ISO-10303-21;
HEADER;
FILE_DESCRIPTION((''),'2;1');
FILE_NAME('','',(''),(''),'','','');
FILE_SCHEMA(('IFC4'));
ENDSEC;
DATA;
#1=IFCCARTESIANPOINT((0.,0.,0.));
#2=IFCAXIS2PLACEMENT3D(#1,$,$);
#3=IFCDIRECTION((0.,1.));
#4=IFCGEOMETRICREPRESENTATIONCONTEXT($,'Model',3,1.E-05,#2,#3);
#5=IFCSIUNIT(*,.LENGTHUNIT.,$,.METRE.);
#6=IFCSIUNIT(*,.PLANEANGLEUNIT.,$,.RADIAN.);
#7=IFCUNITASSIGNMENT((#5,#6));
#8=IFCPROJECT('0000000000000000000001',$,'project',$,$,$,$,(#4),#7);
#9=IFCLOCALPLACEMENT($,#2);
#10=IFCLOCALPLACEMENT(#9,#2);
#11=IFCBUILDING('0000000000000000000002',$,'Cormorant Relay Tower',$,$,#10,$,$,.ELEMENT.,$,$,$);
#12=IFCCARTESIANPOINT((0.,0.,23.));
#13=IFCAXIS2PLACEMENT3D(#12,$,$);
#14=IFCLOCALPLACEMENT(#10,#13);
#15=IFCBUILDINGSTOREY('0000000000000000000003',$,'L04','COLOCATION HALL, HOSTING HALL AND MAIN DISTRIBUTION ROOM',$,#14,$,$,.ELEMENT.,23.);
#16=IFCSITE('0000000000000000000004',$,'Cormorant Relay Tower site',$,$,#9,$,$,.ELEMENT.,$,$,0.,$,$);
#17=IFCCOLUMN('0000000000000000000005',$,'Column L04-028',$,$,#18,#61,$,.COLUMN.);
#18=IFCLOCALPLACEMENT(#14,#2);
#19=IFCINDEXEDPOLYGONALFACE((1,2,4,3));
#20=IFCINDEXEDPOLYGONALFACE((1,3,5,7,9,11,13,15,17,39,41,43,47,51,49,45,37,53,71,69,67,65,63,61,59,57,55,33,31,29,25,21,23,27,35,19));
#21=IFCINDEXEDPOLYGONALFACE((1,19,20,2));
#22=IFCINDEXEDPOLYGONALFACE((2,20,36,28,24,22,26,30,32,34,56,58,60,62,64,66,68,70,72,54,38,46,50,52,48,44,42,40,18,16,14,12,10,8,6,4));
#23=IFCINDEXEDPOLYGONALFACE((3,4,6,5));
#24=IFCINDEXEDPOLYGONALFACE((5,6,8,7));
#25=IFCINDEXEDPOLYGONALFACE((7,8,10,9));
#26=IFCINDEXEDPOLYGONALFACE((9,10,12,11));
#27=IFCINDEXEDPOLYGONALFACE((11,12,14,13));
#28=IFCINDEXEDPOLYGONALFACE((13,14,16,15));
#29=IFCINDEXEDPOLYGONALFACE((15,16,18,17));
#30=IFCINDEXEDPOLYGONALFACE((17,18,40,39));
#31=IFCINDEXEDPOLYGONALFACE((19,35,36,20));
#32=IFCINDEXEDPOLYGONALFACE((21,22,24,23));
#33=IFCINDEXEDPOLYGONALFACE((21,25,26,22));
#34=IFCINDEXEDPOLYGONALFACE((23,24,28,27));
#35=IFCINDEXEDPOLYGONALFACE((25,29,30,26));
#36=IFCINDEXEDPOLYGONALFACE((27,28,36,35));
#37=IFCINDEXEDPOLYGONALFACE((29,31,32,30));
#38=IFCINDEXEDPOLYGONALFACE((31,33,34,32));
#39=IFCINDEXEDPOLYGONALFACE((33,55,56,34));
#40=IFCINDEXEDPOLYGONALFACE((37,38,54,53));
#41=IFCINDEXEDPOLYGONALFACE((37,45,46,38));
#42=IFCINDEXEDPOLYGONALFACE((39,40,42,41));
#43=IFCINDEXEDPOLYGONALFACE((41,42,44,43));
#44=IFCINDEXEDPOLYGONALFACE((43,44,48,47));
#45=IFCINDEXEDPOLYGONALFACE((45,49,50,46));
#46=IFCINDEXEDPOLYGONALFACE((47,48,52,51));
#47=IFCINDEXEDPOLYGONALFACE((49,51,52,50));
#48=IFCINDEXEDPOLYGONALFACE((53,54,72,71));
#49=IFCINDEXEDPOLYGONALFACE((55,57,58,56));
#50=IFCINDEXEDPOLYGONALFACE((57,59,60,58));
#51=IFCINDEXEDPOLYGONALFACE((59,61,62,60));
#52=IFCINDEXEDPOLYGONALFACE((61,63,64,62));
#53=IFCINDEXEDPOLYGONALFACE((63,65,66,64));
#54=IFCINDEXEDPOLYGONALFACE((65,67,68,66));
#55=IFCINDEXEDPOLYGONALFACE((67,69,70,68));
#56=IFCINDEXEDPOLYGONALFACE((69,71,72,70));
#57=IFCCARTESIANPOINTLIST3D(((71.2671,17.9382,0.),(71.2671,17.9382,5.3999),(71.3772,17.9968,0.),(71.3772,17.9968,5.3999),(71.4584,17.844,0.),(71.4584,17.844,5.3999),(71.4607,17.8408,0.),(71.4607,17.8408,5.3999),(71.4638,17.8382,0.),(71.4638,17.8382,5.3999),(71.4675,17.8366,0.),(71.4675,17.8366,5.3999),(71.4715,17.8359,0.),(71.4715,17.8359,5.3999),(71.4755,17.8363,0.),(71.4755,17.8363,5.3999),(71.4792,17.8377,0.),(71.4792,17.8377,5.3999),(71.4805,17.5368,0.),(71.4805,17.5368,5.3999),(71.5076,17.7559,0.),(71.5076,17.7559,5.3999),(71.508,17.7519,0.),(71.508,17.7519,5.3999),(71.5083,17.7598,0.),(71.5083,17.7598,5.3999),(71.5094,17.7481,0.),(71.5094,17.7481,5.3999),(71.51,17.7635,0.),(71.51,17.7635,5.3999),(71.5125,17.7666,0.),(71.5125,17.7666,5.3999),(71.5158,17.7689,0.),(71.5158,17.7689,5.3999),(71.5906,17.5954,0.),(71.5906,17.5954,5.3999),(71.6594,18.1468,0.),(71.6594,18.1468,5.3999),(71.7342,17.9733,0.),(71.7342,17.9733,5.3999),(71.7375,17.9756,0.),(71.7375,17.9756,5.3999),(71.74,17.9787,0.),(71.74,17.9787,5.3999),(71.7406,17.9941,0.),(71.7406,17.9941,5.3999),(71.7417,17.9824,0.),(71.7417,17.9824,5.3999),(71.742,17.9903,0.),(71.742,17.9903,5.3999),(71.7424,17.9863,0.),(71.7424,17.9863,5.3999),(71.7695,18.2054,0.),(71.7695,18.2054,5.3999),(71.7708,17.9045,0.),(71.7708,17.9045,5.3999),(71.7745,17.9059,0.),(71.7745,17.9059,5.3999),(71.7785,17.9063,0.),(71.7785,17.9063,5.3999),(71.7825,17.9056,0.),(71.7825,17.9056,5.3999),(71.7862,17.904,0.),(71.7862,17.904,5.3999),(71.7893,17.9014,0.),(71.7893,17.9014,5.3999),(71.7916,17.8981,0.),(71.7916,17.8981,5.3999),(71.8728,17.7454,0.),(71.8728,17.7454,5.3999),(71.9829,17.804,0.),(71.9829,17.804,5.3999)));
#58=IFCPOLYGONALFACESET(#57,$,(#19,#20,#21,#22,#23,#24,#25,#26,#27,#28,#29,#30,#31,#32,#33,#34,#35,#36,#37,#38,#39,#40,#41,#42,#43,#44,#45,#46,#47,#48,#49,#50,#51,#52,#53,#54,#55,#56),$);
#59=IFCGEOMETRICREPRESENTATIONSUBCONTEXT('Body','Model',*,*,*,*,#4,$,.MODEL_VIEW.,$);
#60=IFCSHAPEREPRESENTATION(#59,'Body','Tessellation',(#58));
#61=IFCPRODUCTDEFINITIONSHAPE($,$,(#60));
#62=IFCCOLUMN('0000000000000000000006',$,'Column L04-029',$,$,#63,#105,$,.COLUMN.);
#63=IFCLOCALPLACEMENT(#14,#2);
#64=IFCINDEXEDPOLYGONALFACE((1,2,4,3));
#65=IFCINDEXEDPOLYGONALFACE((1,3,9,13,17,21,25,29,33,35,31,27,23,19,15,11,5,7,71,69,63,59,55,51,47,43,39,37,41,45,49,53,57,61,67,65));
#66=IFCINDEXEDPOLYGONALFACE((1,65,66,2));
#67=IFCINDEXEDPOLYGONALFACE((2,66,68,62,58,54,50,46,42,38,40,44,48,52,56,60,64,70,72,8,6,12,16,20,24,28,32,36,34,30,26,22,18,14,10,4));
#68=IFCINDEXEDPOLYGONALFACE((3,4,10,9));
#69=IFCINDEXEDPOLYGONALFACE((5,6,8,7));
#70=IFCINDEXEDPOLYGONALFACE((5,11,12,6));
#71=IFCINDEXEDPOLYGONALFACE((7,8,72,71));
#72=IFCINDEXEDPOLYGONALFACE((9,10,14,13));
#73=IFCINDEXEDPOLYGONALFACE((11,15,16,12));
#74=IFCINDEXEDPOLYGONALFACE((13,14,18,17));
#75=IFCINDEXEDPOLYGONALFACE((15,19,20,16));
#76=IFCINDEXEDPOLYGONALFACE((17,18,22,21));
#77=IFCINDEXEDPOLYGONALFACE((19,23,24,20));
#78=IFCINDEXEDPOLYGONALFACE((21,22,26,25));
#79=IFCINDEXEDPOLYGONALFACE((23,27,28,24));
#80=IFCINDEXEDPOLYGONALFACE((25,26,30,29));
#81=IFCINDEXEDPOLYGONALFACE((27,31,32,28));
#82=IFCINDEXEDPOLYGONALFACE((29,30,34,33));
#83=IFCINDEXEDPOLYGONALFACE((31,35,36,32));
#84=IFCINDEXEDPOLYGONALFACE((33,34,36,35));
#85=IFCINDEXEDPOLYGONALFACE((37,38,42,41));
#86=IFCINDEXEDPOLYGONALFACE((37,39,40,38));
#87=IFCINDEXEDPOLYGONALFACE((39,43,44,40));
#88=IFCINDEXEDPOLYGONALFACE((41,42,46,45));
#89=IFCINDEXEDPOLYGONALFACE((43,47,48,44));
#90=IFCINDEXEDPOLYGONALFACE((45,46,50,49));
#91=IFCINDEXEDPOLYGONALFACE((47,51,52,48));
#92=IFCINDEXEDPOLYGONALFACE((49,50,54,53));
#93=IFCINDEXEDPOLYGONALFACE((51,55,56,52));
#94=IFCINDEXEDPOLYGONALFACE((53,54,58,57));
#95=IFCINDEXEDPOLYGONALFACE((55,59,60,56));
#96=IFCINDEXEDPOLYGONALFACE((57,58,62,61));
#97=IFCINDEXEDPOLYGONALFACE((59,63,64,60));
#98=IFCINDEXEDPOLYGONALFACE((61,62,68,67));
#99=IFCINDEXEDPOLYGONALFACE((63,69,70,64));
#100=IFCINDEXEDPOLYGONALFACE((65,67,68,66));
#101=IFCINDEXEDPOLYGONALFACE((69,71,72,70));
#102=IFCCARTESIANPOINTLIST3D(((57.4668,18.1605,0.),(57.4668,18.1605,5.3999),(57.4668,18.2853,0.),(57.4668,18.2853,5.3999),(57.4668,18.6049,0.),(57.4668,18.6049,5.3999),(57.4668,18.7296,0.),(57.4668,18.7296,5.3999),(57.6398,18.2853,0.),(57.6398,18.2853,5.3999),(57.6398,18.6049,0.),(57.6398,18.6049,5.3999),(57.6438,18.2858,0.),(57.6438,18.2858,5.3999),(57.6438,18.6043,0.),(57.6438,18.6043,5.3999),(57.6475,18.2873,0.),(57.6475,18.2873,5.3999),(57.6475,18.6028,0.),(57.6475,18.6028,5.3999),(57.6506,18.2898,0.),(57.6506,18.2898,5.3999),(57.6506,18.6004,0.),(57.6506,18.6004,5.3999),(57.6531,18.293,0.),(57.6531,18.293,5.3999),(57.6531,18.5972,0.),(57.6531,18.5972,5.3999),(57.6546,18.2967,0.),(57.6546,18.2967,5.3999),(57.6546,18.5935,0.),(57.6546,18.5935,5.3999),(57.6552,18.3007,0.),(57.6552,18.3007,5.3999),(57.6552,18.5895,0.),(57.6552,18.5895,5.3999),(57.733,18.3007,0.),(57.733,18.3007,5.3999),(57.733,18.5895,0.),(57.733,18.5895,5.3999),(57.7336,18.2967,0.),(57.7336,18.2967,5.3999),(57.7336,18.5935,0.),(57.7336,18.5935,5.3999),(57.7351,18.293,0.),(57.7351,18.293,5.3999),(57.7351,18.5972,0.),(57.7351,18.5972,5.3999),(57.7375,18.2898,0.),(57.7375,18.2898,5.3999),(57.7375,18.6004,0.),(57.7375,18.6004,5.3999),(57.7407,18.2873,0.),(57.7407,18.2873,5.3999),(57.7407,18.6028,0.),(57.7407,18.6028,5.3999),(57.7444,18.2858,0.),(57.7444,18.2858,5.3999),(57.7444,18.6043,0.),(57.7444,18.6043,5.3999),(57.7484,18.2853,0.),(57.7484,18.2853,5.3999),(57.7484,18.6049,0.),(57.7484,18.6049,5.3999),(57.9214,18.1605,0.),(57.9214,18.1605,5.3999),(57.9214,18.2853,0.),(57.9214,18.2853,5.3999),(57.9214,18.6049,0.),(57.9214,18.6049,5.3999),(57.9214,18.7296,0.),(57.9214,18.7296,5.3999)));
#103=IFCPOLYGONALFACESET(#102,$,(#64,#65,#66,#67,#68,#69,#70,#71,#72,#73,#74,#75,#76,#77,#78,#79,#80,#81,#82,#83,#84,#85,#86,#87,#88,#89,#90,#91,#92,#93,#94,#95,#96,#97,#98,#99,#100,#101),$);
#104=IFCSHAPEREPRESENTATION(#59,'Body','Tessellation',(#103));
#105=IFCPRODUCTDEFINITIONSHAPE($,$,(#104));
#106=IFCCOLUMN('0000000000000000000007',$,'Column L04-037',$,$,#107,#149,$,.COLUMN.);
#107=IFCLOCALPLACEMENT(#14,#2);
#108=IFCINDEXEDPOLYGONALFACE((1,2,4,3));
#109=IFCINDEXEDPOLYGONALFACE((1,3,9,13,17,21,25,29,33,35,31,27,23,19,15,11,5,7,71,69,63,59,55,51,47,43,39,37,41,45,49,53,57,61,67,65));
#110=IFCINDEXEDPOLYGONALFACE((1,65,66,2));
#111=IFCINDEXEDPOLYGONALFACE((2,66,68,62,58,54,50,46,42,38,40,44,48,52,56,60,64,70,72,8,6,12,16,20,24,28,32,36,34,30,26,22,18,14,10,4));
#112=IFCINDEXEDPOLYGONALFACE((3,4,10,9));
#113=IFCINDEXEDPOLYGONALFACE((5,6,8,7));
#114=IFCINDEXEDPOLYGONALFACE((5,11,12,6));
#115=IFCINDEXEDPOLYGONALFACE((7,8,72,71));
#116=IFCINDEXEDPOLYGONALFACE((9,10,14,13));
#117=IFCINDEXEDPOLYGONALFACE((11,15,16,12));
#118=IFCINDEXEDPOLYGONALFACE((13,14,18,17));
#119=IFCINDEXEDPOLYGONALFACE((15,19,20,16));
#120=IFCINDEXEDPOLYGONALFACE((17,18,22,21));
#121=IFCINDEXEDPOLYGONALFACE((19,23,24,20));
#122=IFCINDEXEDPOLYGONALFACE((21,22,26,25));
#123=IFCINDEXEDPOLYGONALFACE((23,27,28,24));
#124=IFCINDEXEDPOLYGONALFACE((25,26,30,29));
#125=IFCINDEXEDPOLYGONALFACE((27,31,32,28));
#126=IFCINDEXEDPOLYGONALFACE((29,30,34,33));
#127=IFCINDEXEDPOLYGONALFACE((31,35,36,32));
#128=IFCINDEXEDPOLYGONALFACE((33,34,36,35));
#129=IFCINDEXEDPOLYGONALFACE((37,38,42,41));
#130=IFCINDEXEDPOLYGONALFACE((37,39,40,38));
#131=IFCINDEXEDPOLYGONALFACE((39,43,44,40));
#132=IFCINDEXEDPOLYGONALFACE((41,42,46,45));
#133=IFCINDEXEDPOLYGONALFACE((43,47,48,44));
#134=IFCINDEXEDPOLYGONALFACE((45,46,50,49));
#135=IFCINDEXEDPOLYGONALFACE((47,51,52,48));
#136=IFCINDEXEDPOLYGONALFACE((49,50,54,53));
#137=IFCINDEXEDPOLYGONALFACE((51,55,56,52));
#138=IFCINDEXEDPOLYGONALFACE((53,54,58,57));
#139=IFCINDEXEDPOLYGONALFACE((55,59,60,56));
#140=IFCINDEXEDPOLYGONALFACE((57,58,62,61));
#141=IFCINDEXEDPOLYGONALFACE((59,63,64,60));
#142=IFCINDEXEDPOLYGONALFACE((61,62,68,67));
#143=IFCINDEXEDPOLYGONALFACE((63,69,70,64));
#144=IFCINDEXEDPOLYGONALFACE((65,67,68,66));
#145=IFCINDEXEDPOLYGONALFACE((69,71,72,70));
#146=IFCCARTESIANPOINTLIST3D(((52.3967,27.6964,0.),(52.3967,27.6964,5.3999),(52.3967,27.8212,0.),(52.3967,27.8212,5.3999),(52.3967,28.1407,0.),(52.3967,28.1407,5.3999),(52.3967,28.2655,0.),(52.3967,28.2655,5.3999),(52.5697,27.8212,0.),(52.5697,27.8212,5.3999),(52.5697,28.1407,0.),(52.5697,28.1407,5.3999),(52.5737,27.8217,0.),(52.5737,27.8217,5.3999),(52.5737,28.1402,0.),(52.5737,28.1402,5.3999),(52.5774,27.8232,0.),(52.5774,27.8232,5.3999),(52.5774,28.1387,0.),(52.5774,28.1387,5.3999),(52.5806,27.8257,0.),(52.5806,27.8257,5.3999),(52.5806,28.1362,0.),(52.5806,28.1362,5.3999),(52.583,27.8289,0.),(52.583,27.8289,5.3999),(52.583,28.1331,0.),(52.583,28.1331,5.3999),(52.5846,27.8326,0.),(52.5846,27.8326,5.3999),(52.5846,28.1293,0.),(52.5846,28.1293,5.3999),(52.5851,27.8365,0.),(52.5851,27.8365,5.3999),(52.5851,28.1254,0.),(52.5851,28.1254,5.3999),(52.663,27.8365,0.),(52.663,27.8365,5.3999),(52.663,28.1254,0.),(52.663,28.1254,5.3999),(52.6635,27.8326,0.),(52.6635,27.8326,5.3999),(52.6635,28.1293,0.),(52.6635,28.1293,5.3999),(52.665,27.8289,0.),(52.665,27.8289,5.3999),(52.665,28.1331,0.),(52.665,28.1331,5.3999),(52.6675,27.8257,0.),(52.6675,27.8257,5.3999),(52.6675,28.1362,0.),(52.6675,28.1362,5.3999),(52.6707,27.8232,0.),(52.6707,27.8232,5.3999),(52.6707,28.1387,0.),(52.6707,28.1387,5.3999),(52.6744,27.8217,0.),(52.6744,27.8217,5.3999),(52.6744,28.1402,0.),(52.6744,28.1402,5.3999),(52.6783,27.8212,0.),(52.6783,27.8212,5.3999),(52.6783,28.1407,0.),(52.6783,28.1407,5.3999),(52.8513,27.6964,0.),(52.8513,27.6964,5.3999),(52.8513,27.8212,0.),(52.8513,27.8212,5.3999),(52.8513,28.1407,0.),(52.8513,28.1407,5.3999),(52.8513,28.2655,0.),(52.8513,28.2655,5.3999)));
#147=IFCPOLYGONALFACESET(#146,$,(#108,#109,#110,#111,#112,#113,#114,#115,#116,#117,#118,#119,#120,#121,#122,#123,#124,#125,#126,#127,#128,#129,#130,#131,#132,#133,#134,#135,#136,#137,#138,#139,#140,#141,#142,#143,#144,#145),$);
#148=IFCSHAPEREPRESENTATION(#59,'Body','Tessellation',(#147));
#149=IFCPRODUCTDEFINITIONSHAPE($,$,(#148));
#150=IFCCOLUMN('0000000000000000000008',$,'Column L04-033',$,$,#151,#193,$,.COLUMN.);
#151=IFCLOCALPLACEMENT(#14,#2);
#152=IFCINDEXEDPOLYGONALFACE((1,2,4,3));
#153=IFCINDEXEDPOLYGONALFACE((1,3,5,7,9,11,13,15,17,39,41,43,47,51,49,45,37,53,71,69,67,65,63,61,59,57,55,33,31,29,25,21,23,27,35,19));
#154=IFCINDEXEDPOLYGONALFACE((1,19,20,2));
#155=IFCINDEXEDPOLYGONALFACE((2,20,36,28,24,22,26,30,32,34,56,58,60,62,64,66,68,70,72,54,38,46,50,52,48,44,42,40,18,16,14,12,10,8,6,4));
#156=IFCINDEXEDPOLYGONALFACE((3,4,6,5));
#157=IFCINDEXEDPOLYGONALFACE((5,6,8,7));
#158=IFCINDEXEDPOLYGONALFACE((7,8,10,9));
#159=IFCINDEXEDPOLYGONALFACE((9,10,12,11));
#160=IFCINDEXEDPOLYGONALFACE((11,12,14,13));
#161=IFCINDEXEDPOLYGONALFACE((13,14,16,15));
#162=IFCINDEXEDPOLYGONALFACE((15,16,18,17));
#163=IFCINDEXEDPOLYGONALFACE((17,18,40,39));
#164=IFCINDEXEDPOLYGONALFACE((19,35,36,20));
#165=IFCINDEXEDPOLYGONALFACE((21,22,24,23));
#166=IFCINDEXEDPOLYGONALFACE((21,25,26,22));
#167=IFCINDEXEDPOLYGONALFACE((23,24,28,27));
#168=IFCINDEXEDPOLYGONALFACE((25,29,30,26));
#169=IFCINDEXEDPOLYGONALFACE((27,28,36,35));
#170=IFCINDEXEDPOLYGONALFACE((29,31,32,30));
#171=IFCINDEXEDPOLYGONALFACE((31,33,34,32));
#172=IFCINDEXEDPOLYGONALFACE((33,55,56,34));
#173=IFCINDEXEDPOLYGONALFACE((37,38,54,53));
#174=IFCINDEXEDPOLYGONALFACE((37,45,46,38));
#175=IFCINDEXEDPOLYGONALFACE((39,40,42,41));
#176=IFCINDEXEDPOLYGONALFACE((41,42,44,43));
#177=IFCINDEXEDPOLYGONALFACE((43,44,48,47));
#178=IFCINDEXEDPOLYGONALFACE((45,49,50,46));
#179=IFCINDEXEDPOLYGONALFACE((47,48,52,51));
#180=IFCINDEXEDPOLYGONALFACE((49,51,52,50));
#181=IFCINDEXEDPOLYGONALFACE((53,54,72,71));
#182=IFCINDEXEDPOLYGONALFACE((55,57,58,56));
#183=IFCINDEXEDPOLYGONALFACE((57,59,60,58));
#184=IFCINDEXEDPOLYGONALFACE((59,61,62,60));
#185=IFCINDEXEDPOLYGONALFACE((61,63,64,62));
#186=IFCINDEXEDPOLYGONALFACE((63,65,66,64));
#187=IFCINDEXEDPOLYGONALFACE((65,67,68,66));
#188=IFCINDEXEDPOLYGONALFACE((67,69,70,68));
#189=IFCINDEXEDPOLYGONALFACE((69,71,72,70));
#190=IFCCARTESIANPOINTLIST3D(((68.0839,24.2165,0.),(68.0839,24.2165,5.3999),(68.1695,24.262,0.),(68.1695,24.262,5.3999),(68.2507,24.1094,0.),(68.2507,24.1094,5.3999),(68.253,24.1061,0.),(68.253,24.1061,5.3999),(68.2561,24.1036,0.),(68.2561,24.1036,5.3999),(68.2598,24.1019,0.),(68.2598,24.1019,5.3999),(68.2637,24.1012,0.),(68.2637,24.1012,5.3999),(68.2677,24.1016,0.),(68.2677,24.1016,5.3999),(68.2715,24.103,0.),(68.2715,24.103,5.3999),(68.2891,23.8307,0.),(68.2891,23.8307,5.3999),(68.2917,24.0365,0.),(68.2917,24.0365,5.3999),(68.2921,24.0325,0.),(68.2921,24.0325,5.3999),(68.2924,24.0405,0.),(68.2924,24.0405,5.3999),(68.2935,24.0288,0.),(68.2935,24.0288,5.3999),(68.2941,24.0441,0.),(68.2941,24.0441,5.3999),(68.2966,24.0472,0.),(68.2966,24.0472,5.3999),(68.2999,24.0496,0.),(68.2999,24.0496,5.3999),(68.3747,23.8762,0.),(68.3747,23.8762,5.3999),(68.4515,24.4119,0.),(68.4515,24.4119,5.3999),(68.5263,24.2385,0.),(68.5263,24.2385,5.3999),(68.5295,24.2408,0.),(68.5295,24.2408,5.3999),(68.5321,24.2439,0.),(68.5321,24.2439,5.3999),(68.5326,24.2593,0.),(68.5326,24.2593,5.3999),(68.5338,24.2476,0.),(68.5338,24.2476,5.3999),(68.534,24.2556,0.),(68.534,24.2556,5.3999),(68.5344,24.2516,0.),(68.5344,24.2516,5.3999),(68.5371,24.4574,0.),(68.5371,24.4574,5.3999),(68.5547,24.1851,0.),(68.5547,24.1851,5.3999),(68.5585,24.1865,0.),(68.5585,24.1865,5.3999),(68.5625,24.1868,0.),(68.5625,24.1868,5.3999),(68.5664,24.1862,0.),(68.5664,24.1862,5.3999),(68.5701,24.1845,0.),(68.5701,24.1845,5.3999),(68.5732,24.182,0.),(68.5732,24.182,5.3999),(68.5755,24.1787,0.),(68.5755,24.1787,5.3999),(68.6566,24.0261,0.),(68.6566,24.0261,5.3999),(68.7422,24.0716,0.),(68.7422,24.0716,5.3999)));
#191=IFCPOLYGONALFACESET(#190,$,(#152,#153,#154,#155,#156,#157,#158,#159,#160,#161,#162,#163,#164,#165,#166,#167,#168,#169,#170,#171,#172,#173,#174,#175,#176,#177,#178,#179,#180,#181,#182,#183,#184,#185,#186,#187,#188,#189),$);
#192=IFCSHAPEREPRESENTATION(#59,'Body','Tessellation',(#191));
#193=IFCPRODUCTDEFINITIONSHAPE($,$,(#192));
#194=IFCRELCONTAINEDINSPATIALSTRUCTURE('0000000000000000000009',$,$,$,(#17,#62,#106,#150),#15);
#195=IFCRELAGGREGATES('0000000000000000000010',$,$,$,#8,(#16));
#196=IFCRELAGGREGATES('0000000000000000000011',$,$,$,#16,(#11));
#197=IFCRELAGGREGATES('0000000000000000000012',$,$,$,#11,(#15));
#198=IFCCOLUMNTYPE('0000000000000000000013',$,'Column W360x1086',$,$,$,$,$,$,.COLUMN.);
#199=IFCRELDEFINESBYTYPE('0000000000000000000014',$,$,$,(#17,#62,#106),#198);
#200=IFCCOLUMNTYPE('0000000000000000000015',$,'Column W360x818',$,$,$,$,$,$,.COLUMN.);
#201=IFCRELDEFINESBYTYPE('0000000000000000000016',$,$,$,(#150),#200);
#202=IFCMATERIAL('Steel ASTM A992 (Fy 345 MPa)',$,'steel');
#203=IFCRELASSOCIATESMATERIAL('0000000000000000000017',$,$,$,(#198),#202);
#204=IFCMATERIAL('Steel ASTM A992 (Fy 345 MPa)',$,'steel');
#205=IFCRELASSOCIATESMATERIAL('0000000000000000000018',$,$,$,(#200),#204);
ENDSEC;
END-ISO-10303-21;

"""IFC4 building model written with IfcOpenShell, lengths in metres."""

from ifc_helpers import new_model, si_unit, direction, frame, origin, origin_2d, place, context, subcontext, project, spatial, i_section, extrude, material, material_profile, profile_set, type_object, element, save


model = new_model("IFC4")

# Units and contexts
model_context = context("Model", 3, precision=1e-05, world=origin(), true_north=direction((0.0, 1.0)))
body_context = subcontext(model_context, "Body", "Model", "MODEL_VIEW")
ifc_project = project(units=[si_unit("LENGTHUNIT", "METRE"), si_unit("PLANEANGLEUNIT", "RADIAN")], contexts=[model_context])

# Site, building, storey
site_placement = place(None, origin())
site = spatial("IfcSite", under=ifc_project, at=site_placement, Name="Cormorant Relay Tower site", CompositionType="ELEMENT", RefElevation=0.0)
building_placement = place(site_placement, origin())
building = spatial("IfcBuilding", under=site, at=building_placement, Name="Cormorant Relay Tower", CompositionType="ELEMENT")
storey_placement = place(building_placement, frame((0.0, 0.0, 23.0)))
storey = spatial("IfcBuildingStorey", under=building, at=storey_placement, Name="L04", Description="COLOCATION HALL, HOSTING HALL AND MAIN DISTRIBUTION ROOM", CompositionType="ELEMENT", Elevation=23.0)

# Columns
ifc_material_1 = material(Name="Steel ASTM A992 (Fy 345 MPa)", Category="steel")
ifc_material_profile_1 = material_profile(ifc_material_1, i_section(OverallWidth=0.4546, OverallDepth=0.5691, WebThickness=0.0779, FlangeThickness=0.1248, FilletRadius=0.0154, at=origin_2d()), Name="W360x1086")
ifc_profile_set_1 = profile_set([ifc_material_profile_1], Name="Steel ASTM A992 (Fy 345 MPa)")
column_type_1 = type_object("IfcColumnType", Name="Column W360x1086", PredefinedType="COLUMN", material=ifc_profile_set_1)
for number, where, z_axis, x_axis, name in (
    (1, (71.625, 17.8711, 0.0), (0.0, 0.0, 1.0), (-0.469472, 0.882948, 0.0), "Column L04-028"),
    (2, (57.6941, 18.4451, 0.0), (0.0, 0.0, 1.0), (1.0, 0.0, 0.0), "Column L04-029"),
    (3, (52.624, 27.981, 0.0), (0.0, 0.0, 1.0), (1.0, 0.0, 0.0), "Column L04-037"),
):
    element("IfcColumn", number, at=place(storey_placement, frame(where, z_axis=z_axis, x_axis=x_axis)), inside=storey, type_object=column_type_1, Name=name, PredefinedType="COLUMN", context=body_context, shape_type="SweptSolid", body=[
        extrude(i_section(OverallWidth=0.4546, OverallDepth=0.5691, WebThickness=0.0779, FlangeThickness=0.1248, FilletRadius=0.0154, at=origin_2d()), origin(), (0.0, 0.0, 1.0), 5.3999),
    ])
ifc_material_2 = material(Name="Steel ASTM A992 (Fy 345 MPa)", Category="steel")
ifc_material_profile_2 = material_profile(ifc_material_2, i_section(OverallWidth=0.437, OverallDepth=0.5132, WebThickness=0.0605, FlangeThickness=0.0969, FilletRadius=0.0154, at=origin_2d()), Name="W360x818")
ifc_profile_set_2 = profile_set([ifc_material_profile_2], Name="Steel ASTM A992 (Fy 345 MPa)")
column_type_2 = type_object("IfcColumnType", Name="Column W360x818", PredefinedType="COLUMN", material=ifc_profile_set_2)
for number, where, z_axis, x_axis, name in (
    (4, (68.4131, 24.144, 0.0), (0.0, 0.0, 1.0), (-0.469472, 0.882948, 0.0), "Column L04-033"),
):
    element("IfcColumn", number, at=place(storey_placement, frame(where, z_axis=z_axis, x_axis=x_axis)), inside=storey, type_object=column_type_2, Name=name, PredefinedType="COLUMN", context=body_context, shape_type="SweptSolid", body=[
        extrude(i_section(OverallWidth=0.437, OverallDepth=0.5132, WebThickness=0.0605, FlangeThickness=0.0969, FilletRadius=0.0154, at=origin_2d()), origin(), (0.0, 0.0, 1.0), 5.3999),
    ])

save(model, "model.ifc")
